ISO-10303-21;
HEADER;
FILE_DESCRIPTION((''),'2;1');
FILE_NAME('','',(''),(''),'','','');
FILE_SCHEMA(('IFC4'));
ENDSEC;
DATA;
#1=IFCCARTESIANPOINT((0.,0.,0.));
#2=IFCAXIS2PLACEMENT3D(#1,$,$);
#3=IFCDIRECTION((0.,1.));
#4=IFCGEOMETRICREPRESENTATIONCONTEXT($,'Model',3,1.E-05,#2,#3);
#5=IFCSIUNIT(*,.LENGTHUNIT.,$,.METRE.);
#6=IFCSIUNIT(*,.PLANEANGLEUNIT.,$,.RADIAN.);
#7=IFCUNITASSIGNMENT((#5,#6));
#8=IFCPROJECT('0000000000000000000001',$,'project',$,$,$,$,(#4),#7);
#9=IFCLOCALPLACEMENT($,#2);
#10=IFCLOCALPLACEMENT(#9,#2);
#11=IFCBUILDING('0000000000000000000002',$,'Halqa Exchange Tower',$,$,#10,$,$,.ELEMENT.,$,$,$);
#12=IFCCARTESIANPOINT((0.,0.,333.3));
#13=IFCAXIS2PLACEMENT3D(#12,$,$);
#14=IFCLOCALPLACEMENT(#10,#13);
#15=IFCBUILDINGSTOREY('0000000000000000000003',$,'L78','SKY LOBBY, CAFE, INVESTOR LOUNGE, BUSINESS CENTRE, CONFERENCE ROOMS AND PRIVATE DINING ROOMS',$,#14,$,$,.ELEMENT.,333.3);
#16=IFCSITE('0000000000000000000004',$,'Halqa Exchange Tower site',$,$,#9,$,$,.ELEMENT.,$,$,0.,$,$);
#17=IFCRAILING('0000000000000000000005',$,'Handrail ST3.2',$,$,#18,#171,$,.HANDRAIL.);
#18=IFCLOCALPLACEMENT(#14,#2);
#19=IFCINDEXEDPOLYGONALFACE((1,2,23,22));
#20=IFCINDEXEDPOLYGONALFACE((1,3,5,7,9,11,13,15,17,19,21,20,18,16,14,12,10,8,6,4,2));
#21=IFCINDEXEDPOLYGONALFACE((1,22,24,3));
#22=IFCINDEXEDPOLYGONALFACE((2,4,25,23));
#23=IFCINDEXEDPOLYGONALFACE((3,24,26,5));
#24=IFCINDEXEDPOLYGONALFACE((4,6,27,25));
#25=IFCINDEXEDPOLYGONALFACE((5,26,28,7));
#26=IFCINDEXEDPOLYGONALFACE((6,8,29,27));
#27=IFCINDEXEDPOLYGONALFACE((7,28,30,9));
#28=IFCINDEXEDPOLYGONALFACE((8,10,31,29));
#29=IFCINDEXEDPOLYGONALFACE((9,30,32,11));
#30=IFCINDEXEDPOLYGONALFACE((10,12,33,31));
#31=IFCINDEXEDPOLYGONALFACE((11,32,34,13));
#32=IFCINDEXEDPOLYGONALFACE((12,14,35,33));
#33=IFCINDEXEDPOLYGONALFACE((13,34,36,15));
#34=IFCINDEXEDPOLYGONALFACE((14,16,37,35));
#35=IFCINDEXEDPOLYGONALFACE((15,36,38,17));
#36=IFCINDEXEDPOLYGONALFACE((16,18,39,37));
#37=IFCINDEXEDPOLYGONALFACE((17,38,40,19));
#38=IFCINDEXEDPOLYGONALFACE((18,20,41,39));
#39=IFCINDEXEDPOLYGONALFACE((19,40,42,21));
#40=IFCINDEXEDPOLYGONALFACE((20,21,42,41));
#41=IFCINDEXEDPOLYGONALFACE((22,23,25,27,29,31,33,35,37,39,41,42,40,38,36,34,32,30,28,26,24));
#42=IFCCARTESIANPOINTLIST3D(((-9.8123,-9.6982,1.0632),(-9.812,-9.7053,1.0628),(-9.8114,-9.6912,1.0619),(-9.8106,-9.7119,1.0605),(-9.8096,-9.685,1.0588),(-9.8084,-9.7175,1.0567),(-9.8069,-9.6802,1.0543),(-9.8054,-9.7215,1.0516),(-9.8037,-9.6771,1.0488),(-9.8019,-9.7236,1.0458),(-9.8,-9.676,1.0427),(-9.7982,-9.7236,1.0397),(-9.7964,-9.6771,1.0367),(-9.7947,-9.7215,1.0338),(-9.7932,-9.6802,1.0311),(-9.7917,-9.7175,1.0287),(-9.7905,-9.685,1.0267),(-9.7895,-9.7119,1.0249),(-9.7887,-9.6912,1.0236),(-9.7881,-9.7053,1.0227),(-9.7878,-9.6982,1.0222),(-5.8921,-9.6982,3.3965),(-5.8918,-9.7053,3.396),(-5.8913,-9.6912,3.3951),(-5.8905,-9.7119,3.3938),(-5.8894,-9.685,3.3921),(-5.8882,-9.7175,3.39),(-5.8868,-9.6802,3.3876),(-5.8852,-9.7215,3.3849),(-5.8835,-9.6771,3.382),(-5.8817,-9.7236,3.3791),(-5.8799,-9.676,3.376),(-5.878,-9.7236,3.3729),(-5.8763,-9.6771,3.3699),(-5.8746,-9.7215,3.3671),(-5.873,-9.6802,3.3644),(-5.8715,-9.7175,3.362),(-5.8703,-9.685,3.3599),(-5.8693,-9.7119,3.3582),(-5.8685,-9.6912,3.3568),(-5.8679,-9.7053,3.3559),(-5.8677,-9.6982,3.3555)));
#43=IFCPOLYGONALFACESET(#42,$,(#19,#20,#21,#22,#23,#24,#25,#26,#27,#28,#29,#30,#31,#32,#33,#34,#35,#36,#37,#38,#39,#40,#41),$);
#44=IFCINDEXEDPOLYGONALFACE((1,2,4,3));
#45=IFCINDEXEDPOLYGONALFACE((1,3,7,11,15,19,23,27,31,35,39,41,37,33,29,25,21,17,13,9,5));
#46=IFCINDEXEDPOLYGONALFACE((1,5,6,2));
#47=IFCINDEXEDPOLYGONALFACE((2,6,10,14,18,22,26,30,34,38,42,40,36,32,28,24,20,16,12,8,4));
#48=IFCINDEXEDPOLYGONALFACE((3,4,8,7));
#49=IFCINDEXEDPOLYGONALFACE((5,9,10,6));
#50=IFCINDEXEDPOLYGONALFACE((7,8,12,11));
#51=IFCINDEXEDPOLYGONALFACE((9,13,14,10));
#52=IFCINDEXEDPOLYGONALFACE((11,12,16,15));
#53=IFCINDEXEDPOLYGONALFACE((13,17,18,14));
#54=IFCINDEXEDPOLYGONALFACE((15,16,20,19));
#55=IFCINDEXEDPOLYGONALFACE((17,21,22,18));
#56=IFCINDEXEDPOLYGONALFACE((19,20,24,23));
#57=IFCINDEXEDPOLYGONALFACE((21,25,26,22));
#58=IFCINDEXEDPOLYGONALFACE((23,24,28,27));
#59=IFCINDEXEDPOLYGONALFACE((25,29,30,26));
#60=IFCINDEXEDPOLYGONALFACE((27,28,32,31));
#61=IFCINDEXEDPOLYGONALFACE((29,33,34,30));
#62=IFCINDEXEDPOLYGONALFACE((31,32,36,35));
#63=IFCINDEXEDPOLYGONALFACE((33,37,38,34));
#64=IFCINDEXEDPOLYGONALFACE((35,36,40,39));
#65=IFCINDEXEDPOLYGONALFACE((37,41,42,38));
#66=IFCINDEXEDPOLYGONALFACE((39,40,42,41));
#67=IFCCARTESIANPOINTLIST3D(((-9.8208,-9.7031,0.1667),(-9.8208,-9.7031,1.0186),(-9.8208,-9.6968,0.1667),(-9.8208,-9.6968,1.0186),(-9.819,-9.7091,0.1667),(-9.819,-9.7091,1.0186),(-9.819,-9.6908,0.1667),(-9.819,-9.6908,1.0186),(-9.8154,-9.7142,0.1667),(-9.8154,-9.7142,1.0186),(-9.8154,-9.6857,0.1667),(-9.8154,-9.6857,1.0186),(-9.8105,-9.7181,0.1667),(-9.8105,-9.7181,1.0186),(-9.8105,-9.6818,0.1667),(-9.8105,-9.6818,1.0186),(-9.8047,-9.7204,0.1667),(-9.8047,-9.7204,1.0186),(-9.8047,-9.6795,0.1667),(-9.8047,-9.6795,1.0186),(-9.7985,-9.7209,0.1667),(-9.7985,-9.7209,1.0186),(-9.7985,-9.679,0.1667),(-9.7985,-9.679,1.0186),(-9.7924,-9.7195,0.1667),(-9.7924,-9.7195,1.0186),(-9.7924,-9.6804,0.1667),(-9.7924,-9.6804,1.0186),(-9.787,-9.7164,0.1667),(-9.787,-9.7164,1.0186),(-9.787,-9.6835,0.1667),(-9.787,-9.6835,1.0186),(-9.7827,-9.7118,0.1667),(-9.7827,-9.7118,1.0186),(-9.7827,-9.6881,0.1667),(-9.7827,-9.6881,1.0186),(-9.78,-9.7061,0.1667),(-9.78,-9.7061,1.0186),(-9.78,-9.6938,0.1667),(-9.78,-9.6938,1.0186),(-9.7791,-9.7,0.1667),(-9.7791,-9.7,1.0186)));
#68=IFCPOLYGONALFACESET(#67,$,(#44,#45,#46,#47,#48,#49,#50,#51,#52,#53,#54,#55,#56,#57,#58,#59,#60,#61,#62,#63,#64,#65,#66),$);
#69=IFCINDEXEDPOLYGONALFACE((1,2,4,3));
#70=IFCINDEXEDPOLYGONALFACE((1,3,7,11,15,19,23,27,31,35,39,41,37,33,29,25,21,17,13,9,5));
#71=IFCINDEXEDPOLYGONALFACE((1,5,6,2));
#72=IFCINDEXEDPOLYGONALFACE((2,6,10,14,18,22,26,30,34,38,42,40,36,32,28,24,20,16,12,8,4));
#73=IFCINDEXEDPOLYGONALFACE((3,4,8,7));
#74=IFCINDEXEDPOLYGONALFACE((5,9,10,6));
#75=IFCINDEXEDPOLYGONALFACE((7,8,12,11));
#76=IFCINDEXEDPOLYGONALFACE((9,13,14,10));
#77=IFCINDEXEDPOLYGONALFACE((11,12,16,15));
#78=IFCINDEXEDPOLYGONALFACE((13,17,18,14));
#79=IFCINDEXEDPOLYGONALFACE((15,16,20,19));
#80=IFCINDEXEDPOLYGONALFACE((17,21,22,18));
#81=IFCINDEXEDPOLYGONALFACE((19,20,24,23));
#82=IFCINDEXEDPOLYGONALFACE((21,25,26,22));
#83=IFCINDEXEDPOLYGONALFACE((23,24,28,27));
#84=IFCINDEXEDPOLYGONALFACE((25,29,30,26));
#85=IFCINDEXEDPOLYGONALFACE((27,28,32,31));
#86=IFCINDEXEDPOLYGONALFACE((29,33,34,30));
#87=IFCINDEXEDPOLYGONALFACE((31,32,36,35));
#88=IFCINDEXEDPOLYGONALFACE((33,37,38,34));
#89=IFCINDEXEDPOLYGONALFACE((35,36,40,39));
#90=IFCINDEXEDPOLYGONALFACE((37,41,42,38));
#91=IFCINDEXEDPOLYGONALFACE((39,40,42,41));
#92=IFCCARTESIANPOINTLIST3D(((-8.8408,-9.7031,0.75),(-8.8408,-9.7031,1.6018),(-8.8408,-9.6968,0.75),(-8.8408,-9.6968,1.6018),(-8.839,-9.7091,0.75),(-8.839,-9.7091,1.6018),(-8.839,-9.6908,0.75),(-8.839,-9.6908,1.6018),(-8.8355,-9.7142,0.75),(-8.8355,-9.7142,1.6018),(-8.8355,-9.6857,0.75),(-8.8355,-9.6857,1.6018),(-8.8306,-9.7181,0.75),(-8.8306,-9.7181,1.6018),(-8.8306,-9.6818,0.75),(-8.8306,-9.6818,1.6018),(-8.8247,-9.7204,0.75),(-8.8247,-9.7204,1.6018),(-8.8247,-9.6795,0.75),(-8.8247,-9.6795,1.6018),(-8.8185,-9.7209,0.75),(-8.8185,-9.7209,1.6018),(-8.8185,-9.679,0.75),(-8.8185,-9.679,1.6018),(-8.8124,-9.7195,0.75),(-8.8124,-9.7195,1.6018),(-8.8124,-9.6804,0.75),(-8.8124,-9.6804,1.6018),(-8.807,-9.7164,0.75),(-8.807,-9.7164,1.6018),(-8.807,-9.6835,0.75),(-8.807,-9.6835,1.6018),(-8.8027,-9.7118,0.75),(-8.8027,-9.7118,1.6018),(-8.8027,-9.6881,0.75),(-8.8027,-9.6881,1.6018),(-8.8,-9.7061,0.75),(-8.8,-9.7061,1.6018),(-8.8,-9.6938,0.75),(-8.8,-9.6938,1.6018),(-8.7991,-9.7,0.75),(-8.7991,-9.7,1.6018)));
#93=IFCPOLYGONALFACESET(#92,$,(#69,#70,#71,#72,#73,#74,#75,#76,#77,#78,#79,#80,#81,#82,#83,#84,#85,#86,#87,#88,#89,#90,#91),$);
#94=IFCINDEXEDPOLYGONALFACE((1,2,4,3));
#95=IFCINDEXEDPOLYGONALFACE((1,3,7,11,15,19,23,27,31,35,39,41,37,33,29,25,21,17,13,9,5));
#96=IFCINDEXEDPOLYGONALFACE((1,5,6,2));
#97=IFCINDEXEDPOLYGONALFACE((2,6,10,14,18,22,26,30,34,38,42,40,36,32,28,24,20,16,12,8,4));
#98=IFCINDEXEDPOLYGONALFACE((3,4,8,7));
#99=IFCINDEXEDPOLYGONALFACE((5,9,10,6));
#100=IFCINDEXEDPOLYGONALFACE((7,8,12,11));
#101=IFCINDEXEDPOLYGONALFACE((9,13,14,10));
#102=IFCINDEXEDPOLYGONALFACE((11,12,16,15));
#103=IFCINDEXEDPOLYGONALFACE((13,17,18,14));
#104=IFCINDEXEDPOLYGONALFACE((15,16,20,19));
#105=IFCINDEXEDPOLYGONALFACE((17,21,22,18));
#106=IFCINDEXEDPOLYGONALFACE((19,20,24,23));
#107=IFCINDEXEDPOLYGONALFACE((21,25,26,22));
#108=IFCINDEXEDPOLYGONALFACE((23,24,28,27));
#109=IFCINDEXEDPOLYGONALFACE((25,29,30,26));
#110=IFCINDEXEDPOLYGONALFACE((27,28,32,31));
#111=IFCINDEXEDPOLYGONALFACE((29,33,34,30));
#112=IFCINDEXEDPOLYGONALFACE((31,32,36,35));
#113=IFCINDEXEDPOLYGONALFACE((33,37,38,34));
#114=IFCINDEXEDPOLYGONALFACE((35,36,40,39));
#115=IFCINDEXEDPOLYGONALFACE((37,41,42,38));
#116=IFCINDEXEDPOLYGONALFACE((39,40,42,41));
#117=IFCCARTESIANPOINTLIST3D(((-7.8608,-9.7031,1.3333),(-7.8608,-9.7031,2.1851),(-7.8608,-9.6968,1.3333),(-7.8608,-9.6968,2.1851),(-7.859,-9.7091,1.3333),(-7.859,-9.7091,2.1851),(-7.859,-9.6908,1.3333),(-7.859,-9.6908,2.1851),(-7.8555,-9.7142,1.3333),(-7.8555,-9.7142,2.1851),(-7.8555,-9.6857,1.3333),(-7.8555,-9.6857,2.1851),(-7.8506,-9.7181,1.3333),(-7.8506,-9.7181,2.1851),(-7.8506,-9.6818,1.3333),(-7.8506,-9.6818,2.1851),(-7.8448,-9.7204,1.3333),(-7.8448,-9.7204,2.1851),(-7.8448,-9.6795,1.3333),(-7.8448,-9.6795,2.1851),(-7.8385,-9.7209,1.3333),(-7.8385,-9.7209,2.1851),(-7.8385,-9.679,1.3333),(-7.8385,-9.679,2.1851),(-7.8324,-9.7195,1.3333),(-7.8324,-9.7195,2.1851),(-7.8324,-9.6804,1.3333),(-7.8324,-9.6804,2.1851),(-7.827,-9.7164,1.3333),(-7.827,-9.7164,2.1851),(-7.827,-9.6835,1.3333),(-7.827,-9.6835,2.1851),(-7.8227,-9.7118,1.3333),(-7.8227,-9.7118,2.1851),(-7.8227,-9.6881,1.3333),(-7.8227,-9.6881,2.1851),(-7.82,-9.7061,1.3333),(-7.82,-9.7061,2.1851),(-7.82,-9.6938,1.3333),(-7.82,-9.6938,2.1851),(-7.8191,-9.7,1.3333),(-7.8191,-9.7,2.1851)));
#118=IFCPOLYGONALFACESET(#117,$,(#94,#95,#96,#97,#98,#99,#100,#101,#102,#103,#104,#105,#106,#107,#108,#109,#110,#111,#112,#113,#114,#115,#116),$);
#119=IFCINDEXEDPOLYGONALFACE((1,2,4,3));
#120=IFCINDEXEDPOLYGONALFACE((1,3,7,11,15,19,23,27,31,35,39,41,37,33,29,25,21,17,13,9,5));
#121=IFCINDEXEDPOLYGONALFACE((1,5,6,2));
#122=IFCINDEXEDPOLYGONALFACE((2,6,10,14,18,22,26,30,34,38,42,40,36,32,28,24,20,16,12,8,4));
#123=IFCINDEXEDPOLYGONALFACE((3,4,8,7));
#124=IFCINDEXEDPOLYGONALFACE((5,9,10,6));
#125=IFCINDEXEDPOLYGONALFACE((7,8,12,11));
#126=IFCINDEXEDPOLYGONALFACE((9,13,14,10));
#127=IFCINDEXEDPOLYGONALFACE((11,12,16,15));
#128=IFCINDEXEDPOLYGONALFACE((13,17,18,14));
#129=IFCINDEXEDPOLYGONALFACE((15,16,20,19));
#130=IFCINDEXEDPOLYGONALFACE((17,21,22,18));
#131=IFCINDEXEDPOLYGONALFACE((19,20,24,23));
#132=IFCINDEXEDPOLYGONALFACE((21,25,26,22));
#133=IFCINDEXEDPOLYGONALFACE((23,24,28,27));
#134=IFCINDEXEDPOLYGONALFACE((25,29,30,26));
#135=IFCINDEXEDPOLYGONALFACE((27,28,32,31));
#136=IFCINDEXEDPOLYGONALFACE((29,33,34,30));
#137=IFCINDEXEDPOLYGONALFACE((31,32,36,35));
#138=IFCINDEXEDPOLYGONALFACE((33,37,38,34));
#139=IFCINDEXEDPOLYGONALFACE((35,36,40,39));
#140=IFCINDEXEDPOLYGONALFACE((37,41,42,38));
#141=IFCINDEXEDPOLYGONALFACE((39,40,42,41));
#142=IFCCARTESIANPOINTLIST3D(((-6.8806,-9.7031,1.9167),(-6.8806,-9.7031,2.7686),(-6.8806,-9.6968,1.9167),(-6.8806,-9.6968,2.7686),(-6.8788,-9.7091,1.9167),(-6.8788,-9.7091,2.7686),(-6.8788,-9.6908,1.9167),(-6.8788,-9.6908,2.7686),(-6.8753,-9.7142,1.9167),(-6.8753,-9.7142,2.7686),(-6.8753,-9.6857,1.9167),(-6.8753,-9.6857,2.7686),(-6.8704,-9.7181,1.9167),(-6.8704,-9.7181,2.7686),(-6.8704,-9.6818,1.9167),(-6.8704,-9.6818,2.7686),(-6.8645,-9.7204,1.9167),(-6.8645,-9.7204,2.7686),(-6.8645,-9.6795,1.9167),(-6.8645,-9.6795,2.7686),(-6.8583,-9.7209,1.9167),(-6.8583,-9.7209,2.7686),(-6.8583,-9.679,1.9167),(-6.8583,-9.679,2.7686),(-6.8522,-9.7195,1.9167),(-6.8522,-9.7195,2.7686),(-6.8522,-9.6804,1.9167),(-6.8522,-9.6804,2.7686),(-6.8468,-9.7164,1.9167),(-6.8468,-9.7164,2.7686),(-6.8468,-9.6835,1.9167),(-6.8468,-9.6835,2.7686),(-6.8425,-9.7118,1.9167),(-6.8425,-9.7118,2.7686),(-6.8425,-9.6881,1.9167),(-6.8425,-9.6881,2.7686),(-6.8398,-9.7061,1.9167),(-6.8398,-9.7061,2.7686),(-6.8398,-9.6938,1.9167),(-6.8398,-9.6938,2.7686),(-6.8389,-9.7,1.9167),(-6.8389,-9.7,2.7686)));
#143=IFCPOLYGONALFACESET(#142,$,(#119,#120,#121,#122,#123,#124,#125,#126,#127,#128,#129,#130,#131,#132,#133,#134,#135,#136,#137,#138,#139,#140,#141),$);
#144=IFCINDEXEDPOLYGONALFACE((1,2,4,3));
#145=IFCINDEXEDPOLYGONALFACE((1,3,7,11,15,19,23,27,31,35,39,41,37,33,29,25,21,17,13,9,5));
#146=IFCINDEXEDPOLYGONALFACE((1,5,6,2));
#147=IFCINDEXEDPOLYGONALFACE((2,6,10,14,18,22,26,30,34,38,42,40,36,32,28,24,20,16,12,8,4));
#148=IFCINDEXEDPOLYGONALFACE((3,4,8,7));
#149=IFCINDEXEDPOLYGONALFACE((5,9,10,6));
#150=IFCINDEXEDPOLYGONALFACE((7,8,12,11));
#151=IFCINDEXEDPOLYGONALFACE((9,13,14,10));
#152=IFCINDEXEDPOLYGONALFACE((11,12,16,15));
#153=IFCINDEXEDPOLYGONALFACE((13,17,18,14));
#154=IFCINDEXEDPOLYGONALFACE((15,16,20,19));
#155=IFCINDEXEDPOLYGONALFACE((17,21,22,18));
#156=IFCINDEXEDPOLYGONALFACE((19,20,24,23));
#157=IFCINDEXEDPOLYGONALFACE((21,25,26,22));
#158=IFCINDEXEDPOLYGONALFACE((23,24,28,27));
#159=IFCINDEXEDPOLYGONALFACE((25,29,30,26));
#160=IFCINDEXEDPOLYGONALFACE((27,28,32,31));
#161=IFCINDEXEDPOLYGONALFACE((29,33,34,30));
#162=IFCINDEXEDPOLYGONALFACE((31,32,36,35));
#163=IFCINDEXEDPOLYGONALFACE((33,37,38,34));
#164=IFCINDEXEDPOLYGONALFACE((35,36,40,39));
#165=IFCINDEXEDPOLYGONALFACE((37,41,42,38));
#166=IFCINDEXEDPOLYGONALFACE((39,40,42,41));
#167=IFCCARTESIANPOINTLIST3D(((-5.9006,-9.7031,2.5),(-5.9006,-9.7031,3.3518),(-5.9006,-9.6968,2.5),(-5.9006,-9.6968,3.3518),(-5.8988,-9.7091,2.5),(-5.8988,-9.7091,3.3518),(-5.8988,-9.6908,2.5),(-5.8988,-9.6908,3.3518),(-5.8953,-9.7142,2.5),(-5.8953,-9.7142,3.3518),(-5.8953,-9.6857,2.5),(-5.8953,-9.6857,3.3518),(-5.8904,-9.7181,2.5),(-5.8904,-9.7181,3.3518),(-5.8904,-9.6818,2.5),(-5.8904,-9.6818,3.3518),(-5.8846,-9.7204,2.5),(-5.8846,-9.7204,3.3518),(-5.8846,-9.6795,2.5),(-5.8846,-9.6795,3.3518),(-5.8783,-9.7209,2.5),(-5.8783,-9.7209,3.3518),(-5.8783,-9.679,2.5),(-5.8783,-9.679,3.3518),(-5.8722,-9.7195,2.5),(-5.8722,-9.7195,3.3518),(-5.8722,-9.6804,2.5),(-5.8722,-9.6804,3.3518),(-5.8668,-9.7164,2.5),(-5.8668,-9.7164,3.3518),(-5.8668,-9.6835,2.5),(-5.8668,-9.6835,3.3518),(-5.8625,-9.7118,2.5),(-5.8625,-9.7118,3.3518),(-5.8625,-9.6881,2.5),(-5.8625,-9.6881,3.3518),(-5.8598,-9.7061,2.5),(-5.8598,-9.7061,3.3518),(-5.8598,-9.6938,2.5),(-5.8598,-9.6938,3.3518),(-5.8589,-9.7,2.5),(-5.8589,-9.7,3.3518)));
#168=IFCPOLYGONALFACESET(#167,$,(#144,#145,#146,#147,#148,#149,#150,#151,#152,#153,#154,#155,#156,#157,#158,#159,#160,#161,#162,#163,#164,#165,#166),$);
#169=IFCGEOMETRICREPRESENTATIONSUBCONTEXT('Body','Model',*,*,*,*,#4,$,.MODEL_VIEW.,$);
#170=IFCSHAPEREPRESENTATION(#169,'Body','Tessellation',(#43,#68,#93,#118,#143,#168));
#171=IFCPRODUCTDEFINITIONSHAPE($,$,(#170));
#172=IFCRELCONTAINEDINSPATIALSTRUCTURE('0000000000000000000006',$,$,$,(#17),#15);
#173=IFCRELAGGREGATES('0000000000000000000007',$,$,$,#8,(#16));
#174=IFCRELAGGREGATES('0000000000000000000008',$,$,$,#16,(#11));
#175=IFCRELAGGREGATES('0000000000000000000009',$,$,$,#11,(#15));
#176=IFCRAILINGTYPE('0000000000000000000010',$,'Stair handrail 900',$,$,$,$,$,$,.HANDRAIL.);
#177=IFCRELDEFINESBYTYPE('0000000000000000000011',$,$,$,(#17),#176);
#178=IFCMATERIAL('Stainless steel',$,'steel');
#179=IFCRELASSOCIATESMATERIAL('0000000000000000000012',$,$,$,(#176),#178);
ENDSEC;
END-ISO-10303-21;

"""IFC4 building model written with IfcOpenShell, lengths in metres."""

from ifc_helpers import new_model, si_unit, direction, frame, origin, origin_2d, place, context, subcontext, project, spatial, circle, extrude, material, type_object, element, save


model = new_model("IFC4")

# Units and contexts
model_context = context("Model", 3, precision=1e-05, world=origin(), true_north=direction((0.0, 1.0)))
body_context = subcontext(model_context, "Body", "Model", "MODEL_VIEW")
ifc_project = project(units=[si_unit("LENGTHUNIT", "METRE"), si_unit("PLANEANGLEUNIT", "RADIAN")], contexts=[model_context])

# Site, building, storey
site_placement = place(None, origin())
site = spatial("IfcSite", under=ifc_project, at=site_placement, Name="Halqa Exchange Tower site", CompositionType="ELEMENT", RefElevation=0.0)
building_placement = place(site_placement, origin())
building = spatial("IfcBuilding", under=site, at=building_placement, Name="Halqa Exchange Tower", CompositionType="ELEMENT")
storey_placement = place(building_placement, frame((0.0, 0.0, 333.3)))
storey = spatial("IfcBuildingStorey", under=building, at=storey_placement, Name="L78", Description="SKY LOBBY, CAFE, INVESTOR LOUNGE, BUSINESS CENTRE, CONFERENCE ROOMS AND PRIVATE DINING ROOMS", CompositionType="ELEMENT", Elevation=333.3)

# Shared definitions
ifc_material_1 = material(Name="Stainless steel", Category="steel")

# Railing
railing_type_1 = type_object("IfcRailingType", Name="Stair handrail 900", PredefinedType="HANDRAIL", material=ifc_material_1)
railing_1_placement = place(storey_placement, frame((-9.8, -9.7, 0.1667)))
element("IfcRailing", 1, at=railing_1_placement, inside=storey, type_object=railing_type_1, Name="Handrail ST3.2", PredefinedType="HANDRAIL", context=body_context, shape_type="SweptSolid", body=[
    extrude(circle(Radius=0.0239, at=origin_2d()), frame((0.0, 0.0, 0.876), z_axis=(0.85931, 0.0, 0.511455), x_axis=(0.0, 1.0, 0.0)), (0.0, 0.0, 1.0), 4.562),
    extrude(circle(Radius=0.021, at=origin_2d()), origin(), (0.0, 0.0, 1.0), 0.8518),
    extrude(circle(Radius=0.021, at=origin_2d()), frame((0.98, 0.0, 0.5833)), (0.0, 0.0, 1.0), 0.8518),
    extrude(circle(Radius=0.021, at=origin_2d()), frame((1.96, 0.0, 1.1665)), (0.0, 0.0, 1.0), 0.8518),
    extrude(circle(Radius=0.021, at=origin_2d()), frame((2.9402, 0.0, 1.75)), (0.0, 0.0, 1.0), 0.8518),
    extrude(circle(Radius=0.021, at=origin_2d()), frame((3.9202, 0.0, 2.3333)), (0.0, 0.0, 1.0), 0.8518),
])

save(model, "model.ifc")
